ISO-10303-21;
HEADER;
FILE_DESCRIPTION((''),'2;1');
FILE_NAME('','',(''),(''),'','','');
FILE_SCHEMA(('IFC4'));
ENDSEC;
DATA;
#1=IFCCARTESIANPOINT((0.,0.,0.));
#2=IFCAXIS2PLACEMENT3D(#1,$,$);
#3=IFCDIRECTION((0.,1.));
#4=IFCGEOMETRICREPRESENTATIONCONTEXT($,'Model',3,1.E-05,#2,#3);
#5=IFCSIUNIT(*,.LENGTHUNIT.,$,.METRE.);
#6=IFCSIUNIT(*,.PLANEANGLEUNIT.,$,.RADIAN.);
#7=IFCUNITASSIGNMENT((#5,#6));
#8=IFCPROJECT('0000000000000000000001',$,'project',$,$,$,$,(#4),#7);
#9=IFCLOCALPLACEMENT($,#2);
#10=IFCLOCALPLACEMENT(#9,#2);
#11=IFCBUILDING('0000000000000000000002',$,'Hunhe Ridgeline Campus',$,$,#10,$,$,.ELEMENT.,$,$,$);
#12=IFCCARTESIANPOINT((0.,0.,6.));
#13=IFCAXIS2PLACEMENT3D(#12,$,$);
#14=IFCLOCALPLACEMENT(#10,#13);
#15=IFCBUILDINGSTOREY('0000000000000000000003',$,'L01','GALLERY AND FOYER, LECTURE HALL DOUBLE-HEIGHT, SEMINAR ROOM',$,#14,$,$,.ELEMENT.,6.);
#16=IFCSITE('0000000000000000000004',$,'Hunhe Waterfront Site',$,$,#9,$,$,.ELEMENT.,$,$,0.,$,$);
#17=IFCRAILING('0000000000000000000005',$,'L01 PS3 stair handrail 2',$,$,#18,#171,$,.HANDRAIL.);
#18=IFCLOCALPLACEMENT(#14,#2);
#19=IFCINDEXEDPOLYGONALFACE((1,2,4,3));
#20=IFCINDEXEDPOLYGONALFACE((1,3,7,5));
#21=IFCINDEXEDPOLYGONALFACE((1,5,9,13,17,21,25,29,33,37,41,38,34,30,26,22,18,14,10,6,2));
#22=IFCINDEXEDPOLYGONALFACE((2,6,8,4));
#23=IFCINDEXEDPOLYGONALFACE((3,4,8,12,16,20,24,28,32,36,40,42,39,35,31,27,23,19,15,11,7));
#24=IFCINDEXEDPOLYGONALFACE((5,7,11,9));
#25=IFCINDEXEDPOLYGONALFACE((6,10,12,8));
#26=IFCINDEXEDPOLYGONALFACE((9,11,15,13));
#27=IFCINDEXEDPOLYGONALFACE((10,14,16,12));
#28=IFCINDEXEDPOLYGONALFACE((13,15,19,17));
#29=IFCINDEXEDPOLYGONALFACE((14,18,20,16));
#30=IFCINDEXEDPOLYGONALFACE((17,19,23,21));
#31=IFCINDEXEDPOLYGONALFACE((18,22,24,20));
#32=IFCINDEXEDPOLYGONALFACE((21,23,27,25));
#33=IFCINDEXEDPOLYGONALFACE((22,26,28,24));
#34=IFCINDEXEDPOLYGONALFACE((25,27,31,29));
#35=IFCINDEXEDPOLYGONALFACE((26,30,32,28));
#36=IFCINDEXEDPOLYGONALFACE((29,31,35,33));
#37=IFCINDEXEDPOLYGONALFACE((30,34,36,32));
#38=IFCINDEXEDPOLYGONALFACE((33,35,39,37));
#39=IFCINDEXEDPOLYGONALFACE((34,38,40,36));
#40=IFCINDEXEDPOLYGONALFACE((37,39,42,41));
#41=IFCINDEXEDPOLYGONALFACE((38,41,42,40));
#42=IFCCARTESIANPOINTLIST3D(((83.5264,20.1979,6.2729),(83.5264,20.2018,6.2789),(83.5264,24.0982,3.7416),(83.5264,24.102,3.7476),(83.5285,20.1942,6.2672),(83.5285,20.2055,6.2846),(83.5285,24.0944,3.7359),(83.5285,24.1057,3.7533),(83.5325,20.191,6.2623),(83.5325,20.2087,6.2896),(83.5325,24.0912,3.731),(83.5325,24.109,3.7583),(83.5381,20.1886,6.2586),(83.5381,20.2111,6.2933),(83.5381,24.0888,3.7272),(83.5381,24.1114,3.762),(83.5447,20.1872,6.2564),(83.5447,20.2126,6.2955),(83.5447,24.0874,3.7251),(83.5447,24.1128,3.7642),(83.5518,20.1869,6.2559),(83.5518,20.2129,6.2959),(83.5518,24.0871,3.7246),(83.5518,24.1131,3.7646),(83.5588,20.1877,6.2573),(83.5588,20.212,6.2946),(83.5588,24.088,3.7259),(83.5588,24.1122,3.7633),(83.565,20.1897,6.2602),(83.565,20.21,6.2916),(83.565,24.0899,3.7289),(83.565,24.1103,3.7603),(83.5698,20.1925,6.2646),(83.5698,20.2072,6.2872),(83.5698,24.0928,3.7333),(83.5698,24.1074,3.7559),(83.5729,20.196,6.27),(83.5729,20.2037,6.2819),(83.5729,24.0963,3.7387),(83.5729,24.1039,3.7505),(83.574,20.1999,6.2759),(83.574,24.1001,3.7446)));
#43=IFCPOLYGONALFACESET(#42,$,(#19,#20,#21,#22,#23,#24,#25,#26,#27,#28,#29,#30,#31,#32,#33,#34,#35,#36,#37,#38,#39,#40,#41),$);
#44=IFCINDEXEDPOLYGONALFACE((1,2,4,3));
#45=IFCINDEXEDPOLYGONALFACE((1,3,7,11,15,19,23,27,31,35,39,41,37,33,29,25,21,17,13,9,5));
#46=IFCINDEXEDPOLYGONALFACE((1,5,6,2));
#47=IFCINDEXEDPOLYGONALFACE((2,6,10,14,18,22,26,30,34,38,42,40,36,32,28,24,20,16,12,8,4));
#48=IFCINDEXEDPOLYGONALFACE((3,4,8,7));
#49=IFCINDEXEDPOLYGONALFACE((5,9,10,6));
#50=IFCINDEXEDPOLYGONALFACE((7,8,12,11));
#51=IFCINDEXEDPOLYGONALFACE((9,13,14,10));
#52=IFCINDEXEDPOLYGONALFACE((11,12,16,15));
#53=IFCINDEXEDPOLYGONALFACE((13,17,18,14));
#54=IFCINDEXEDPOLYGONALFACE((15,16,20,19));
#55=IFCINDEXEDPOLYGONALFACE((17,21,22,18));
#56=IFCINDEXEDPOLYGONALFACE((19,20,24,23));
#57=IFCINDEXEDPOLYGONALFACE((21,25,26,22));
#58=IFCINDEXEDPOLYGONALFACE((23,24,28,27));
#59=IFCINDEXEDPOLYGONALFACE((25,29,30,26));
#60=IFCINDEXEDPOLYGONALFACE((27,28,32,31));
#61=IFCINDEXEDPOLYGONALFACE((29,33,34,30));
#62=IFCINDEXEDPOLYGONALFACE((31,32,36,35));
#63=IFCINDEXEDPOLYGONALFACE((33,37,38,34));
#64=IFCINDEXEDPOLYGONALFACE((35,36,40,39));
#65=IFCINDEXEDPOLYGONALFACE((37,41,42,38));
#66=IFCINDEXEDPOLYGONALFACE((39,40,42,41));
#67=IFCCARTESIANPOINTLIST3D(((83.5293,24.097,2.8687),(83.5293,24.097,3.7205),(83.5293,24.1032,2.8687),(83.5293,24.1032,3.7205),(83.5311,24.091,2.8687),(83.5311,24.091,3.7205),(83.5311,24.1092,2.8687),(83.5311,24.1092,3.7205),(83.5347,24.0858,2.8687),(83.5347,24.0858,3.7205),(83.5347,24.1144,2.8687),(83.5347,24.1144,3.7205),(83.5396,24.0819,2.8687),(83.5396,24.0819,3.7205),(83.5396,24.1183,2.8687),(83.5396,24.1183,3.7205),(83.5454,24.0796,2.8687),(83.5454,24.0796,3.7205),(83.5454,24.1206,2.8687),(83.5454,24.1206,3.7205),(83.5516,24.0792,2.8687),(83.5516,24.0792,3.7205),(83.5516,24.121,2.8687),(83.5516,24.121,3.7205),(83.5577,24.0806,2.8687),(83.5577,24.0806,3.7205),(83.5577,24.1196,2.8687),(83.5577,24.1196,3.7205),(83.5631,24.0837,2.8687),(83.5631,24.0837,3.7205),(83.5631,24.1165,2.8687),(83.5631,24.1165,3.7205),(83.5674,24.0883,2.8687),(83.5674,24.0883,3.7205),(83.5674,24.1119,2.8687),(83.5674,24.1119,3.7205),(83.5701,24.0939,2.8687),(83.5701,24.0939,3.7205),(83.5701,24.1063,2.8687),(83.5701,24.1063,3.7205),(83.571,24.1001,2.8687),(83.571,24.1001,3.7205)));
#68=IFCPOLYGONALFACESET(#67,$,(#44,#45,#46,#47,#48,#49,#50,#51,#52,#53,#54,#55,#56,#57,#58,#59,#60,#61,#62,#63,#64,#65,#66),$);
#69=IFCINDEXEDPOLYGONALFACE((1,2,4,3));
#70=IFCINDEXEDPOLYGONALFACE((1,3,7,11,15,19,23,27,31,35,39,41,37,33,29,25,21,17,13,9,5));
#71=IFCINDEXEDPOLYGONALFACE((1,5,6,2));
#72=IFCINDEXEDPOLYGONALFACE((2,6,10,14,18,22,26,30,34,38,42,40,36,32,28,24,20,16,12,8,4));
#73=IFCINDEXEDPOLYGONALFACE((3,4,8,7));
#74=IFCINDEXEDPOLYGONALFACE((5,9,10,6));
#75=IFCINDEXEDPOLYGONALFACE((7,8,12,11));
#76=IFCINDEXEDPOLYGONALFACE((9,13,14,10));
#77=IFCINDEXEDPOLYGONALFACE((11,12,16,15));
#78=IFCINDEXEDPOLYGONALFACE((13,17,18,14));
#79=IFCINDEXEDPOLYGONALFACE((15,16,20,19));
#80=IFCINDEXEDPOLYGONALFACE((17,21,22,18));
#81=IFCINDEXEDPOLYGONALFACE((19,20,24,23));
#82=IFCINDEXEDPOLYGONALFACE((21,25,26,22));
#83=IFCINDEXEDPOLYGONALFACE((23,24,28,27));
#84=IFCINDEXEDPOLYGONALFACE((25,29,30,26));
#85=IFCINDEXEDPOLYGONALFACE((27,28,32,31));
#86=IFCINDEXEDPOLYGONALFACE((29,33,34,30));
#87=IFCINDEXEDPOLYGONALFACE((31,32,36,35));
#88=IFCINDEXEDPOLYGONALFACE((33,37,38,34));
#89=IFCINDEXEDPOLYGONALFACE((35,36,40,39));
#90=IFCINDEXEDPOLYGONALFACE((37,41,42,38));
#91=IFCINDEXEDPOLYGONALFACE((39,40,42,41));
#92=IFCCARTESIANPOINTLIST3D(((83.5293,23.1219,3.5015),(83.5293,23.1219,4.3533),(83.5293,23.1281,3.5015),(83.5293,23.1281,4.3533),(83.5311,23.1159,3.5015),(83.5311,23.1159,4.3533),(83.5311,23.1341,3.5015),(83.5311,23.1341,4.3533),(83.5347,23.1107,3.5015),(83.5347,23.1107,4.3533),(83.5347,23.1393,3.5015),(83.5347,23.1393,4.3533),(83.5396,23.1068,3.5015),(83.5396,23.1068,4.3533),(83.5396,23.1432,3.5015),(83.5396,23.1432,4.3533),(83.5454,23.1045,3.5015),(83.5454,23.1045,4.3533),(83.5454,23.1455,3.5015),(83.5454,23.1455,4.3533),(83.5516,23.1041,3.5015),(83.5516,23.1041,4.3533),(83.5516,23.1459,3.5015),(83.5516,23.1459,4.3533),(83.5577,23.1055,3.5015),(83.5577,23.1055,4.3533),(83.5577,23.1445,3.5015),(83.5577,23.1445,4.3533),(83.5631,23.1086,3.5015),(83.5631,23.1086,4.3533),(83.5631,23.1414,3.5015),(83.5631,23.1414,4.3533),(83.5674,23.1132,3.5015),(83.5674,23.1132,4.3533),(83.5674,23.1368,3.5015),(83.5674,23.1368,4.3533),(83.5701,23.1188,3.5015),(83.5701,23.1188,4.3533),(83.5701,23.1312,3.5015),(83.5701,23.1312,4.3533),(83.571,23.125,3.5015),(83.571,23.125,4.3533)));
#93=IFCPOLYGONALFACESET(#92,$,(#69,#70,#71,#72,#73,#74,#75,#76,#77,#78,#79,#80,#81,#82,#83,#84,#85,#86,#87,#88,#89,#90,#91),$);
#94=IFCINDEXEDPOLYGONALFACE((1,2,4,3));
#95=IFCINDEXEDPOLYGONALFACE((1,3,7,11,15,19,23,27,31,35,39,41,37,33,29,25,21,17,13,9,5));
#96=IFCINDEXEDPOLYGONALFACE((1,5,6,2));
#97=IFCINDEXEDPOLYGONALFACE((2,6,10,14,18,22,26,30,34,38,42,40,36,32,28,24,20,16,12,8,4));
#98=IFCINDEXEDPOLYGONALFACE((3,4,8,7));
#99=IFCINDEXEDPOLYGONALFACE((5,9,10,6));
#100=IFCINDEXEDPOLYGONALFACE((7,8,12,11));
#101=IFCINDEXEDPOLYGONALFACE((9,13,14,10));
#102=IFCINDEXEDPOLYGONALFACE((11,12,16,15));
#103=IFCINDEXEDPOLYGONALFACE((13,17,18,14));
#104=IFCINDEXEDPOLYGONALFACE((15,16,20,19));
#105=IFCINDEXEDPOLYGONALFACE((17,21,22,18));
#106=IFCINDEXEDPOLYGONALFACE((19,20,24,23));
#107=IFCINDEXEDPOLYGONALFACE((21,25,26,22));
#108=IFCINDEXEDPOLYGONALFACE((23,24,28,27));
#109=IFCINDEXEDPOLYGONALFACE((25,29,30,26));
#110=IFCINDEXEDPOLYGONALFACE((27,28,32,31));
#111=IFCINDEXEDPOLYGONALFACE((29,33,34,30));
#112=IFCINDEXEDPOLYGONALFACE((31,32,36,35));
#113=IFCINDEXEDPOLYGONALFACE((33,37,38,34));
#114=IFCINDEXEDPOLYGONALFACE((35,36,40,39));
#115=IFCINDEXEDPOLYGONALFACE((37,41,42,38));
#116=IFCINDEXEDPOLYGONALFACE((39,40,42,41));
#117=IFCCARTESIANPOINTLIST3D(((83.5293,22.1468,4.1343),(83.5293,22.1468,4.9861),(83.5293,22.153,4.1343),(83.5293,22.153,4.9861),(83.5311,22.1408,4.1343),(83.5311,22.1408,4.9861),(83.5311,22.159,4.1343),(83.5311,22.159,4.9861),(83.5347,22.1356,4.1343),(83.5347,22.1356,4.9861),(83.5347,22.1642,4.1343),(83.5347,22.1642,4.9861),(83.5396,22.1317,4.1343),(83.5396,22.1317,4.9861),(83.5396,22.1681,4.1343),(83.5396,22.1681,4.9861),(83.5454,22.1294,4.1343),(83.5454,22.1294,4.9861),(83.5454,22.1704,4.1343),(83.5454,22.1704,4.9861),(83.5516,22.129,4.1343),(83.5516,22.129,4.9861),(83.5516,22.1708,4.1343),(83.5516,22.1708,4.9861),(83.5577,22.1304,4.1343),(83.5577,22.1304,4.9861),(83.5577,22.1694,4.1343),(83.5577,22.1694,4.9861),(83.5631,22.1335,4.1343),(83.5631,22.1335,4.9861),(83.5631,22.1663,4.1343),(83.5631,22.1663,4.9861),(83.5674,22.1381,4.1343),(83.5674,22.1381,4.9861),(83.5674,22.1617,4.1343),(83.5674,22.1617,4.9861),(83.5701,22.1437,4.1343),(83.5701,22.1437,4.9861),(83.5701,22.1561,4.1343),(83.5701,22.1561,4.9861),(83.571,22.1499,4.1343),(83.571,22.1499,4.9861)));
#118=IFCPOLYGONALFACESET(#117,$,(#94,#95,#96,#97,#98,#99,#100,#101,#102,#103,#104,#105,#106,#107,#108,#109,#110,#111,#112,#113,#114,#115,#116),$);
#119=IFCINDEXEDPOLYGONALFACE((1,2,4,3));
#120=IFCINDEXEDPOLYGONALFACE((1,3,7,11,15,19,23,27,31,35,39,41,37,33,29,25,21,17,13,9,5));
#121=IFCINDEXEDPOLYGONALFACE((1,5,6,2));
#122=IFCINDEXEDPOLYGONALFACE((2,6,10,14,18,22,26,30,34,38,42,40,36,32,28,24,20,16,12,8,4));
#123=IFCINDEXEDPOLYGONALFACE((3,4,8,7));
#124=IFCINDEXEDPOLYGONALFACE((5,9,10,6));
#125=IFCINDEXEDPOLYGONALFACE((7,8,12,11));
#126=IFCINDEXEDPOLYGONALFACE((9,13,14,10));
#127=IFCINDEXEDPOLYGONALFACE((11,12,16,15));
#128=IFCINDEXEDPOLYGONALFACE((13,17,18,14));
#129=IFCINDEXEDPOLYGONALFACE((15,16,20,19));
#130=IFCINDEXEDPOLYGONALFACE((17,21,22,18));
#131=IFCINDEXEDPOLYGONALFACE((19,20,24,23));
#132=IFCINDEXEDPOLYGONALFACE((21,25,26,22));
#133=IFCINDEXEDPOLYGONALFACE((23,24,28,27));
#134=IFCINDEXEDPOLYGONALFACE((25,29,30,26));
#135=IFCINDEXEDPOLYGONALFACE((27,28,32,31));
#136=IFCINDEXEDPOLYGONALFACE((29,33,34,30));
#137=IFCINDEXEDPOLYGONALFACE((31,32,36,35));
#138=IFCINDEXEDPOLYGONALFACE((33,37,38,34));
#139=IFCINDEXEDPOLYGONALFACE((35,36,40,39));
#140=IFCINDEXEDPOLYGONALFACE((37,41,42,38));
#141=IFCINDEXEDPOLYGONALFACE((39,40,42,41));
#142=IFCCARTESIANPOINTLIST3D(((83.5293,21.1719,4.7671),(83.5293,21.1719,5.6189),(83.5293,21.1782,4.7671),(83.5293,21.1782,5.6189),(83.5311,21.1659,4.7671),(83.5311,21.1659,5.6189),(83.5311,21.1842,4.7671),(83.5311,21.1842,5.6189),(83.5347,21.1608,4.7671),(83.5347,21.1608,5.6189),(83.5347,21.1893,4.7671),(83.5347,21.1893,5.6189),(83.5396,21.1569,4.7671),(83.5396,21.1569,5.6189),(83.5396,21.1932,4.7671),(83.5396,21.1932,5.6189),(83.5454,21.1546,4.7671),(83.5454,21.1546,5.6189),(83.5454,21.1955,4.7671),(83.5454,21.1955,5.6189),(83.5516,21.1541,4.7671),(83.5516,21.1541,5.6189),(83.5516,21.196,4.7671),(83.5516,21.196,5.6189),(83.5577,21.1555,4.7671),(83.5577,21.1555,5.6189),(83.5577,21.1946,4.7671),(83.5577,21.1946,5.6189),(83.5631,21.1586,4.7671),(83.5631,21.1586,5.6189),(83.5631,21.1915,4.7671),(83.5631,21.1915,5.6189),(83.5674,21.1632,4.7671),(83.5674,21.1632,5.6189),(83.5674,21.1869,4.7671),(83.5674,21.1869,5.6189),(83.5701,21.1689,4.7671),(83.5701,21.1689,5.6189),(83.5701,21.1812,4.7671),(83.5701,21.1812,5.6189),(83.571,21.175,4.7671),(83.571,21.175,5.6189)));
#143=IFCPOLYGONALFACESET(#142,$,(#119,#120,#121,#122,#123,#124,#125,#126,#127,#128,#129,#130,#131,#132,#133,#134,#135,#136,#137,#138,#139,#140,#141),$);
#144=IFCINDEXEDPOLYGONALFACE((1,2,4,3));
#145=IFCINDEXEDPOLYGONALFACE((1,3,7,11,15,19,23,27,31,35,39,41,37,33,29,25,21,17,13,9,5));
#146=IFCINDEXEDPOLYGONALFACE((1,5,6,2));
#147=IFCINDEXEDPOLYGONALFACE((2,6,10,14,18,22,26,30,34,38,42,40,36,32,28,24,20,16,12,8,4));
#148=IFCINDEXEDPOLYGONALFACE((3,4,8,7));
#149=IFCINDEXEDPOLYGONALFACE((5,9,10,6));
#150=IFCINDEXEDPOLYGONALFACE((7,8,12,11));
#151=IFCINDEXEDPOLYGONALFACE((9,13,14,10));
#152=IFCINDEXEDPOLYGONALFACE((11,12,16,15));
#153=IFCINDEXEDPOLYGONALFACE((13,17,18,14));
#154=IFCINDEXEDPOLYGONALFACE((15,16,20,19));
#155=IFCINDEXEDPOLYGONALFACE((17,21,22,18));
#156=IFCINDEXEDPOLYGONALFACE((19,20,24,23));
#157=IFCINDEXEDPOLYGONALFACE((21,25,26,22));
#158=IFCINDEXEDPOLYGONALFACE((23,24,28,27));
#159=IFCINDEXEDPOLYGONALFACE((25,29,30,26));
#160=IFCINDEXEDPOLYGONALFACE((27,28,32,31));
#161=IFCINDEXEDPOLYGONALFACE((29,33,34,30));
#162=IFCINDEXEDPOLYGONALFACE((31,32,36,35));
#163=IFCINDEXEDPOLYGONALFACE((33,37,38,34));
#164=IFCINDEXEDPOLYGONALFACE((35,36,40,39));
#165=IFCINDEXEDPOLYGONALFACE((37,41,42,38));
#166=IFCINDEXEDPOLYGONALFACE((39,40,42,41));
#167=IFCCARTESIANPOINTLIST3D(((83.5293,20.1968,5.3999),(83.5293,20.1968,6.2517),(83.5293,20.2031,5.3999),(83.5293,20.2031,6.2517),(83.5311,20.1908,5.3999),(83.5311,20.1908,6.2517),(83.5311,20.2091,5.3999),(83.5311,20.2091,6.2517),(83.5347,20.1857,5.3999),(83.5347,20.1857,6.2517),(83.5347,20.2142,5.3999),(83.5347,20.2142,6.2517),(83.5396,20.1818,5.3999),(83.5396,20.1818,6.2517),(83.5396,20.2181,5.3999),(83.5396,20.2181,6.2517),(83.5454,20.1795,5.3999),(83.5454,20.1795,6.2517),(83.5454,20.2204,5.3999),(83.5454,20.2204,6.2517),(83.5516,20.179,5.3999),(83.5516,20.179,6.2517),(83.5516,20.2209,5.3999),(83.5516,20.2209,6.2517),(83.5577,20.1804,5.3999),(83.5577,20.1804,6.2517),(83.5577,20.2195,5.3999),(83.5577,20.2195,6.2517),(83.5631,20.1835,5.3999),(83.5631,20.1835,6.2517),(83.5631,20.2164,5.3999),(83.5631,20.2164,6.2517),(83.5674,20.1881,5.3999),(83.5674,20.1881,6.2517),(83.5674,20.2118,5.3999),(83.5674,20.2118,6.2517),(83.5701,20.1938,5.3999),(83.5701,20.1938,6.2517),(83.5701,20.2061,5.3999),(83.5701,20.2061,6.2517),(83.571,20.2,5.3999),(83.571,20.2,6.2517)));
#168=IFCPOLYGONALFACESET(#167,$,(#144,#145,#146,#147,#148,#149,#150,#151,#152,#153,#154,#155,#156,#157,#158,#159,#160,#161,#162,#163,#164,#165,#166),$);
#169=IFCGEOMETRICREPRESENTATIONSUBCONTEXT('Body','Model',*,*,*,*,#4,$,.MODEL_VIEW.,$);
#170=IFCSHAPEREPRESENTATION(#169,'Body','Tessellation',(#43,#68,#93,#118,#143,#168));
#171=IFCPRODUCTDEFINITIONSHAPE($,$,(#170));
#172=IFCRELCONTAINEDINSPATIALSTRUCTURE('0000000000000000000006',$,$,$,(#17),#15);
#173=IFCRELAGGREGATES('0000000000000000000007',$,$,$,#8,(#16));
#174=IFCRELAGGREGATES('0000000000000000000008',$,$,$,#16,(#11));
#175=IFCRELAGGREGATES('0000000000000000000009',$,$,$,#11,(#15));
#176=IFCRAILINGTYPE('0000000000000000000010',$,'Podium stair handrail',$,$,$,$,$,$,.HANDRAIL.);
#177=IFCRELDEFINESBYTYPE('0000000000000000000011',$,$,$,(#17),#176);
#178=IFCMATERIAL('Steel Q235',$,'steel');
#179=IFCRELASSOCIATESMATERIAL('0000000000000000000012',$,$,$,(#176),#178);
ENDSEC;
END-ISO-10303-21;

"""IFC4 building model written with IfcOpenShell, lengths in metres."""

from ifc_helpers import new_model, si_unit, direction, frame, origin, origin_2d, place, context, subcontext, project, spatial, circle, extrude, material, type_object, element, save


model = new_model("IFC4")

# Units and contexts
model_context = context("Model", 3, precision=1e-05, world=origin(), true_north=direction((0.0, 1.0)))
body_context = subcontext(model_context, "Body", "Model", "MODEL_VIEW")
ifc_project = project(units=[si_unit("LENGTHUNIT", "METRE"), si_unit("PLANEANGLEUNIT", "RADIAN")], contexts=[model_context])

# Site, building, storey
site_placement = place(None, origin())
site = spatial("IfcSite", under=ifc_project, at=site_placement, Name="Hunhe Waterfront Site", CompositionType="ELEMENT", RefElevation=0.0)
building_placement = place(site_placement, origin())
building = spatial("IfcBuilding", under=site, at=building_placement, Name="Hunhe Ridgeline Campus", CompositionType="ELEMENT")
storey_placement = place(building_placement, frame((0.0, 0.0, 6.0)))
storey = spatial("IfcBuildingStorey", under=building, at=storey_placement, Name="L01", Description="GALLERY AND FOYER, LECTURE HALL DOUBLE-HEIGHT, SEMINAR ROOM", CompositionType="ELEMENT", Elevation=6.0)

# Shared definitions
ifc_material_1 = material(Name="Steel Q235", Category="steel")

# Railing
railing_type_1 = type_object("IfcRailingType", Name="Podium stair handrail", PredefinedType="HANDRAIL", material=ifc_material_1)
railing_1_placement = place(storey_placement, frame((83.55, 24.1001, 2.8687)))
element("IfcRailing", 1, at=railing_1_placement, inside=storey, type_object=railing_type_1, Name="L01 PS3 stair handrail 2", PredefinedType="HANDRAIL", context=body_context, shape_type="SweptSolid", body=[
    extrude(circle(Radius=0.0239, at=origin_2d()), frame((0.0, 0.0, 0.876), z_axis=(0.0, -0.838821, 0.544407), x_axis=(1.0, 0.0, 0.0)), (0.0, 0.0, 1.0), 4.6497),
    extrude(circle(Radius=0.021, at=origin_2d()), origin(), (0.0, 0.0, 1.0), 0.8518),
    extrude(circle(Radius=0.021, at=origin_2d()), frame((0.0, -0.9751, 0.6328)), (0.0, 0.0, 1.0), 0.8518),
    extrude(circle(Radius=0.021, at=origin_2d()), frame((0.0, -1.9502, 1.2656)), (0.0, 0.0, 1.0), 0.8518),
    extrude(circle(Radius=0.021, at=origin_2d()), frame((0.0, -2.925, 1.8984)), (0.0, 0.0, 1.0), 0.8518),
    extrude(circle(Radius=0.021, at=origin_2d()), frame((0.0, -3.9001, 2.5312)), (0.0, 0.0, 1.0), 0.8518),
])

save(model, "model.ifc")
